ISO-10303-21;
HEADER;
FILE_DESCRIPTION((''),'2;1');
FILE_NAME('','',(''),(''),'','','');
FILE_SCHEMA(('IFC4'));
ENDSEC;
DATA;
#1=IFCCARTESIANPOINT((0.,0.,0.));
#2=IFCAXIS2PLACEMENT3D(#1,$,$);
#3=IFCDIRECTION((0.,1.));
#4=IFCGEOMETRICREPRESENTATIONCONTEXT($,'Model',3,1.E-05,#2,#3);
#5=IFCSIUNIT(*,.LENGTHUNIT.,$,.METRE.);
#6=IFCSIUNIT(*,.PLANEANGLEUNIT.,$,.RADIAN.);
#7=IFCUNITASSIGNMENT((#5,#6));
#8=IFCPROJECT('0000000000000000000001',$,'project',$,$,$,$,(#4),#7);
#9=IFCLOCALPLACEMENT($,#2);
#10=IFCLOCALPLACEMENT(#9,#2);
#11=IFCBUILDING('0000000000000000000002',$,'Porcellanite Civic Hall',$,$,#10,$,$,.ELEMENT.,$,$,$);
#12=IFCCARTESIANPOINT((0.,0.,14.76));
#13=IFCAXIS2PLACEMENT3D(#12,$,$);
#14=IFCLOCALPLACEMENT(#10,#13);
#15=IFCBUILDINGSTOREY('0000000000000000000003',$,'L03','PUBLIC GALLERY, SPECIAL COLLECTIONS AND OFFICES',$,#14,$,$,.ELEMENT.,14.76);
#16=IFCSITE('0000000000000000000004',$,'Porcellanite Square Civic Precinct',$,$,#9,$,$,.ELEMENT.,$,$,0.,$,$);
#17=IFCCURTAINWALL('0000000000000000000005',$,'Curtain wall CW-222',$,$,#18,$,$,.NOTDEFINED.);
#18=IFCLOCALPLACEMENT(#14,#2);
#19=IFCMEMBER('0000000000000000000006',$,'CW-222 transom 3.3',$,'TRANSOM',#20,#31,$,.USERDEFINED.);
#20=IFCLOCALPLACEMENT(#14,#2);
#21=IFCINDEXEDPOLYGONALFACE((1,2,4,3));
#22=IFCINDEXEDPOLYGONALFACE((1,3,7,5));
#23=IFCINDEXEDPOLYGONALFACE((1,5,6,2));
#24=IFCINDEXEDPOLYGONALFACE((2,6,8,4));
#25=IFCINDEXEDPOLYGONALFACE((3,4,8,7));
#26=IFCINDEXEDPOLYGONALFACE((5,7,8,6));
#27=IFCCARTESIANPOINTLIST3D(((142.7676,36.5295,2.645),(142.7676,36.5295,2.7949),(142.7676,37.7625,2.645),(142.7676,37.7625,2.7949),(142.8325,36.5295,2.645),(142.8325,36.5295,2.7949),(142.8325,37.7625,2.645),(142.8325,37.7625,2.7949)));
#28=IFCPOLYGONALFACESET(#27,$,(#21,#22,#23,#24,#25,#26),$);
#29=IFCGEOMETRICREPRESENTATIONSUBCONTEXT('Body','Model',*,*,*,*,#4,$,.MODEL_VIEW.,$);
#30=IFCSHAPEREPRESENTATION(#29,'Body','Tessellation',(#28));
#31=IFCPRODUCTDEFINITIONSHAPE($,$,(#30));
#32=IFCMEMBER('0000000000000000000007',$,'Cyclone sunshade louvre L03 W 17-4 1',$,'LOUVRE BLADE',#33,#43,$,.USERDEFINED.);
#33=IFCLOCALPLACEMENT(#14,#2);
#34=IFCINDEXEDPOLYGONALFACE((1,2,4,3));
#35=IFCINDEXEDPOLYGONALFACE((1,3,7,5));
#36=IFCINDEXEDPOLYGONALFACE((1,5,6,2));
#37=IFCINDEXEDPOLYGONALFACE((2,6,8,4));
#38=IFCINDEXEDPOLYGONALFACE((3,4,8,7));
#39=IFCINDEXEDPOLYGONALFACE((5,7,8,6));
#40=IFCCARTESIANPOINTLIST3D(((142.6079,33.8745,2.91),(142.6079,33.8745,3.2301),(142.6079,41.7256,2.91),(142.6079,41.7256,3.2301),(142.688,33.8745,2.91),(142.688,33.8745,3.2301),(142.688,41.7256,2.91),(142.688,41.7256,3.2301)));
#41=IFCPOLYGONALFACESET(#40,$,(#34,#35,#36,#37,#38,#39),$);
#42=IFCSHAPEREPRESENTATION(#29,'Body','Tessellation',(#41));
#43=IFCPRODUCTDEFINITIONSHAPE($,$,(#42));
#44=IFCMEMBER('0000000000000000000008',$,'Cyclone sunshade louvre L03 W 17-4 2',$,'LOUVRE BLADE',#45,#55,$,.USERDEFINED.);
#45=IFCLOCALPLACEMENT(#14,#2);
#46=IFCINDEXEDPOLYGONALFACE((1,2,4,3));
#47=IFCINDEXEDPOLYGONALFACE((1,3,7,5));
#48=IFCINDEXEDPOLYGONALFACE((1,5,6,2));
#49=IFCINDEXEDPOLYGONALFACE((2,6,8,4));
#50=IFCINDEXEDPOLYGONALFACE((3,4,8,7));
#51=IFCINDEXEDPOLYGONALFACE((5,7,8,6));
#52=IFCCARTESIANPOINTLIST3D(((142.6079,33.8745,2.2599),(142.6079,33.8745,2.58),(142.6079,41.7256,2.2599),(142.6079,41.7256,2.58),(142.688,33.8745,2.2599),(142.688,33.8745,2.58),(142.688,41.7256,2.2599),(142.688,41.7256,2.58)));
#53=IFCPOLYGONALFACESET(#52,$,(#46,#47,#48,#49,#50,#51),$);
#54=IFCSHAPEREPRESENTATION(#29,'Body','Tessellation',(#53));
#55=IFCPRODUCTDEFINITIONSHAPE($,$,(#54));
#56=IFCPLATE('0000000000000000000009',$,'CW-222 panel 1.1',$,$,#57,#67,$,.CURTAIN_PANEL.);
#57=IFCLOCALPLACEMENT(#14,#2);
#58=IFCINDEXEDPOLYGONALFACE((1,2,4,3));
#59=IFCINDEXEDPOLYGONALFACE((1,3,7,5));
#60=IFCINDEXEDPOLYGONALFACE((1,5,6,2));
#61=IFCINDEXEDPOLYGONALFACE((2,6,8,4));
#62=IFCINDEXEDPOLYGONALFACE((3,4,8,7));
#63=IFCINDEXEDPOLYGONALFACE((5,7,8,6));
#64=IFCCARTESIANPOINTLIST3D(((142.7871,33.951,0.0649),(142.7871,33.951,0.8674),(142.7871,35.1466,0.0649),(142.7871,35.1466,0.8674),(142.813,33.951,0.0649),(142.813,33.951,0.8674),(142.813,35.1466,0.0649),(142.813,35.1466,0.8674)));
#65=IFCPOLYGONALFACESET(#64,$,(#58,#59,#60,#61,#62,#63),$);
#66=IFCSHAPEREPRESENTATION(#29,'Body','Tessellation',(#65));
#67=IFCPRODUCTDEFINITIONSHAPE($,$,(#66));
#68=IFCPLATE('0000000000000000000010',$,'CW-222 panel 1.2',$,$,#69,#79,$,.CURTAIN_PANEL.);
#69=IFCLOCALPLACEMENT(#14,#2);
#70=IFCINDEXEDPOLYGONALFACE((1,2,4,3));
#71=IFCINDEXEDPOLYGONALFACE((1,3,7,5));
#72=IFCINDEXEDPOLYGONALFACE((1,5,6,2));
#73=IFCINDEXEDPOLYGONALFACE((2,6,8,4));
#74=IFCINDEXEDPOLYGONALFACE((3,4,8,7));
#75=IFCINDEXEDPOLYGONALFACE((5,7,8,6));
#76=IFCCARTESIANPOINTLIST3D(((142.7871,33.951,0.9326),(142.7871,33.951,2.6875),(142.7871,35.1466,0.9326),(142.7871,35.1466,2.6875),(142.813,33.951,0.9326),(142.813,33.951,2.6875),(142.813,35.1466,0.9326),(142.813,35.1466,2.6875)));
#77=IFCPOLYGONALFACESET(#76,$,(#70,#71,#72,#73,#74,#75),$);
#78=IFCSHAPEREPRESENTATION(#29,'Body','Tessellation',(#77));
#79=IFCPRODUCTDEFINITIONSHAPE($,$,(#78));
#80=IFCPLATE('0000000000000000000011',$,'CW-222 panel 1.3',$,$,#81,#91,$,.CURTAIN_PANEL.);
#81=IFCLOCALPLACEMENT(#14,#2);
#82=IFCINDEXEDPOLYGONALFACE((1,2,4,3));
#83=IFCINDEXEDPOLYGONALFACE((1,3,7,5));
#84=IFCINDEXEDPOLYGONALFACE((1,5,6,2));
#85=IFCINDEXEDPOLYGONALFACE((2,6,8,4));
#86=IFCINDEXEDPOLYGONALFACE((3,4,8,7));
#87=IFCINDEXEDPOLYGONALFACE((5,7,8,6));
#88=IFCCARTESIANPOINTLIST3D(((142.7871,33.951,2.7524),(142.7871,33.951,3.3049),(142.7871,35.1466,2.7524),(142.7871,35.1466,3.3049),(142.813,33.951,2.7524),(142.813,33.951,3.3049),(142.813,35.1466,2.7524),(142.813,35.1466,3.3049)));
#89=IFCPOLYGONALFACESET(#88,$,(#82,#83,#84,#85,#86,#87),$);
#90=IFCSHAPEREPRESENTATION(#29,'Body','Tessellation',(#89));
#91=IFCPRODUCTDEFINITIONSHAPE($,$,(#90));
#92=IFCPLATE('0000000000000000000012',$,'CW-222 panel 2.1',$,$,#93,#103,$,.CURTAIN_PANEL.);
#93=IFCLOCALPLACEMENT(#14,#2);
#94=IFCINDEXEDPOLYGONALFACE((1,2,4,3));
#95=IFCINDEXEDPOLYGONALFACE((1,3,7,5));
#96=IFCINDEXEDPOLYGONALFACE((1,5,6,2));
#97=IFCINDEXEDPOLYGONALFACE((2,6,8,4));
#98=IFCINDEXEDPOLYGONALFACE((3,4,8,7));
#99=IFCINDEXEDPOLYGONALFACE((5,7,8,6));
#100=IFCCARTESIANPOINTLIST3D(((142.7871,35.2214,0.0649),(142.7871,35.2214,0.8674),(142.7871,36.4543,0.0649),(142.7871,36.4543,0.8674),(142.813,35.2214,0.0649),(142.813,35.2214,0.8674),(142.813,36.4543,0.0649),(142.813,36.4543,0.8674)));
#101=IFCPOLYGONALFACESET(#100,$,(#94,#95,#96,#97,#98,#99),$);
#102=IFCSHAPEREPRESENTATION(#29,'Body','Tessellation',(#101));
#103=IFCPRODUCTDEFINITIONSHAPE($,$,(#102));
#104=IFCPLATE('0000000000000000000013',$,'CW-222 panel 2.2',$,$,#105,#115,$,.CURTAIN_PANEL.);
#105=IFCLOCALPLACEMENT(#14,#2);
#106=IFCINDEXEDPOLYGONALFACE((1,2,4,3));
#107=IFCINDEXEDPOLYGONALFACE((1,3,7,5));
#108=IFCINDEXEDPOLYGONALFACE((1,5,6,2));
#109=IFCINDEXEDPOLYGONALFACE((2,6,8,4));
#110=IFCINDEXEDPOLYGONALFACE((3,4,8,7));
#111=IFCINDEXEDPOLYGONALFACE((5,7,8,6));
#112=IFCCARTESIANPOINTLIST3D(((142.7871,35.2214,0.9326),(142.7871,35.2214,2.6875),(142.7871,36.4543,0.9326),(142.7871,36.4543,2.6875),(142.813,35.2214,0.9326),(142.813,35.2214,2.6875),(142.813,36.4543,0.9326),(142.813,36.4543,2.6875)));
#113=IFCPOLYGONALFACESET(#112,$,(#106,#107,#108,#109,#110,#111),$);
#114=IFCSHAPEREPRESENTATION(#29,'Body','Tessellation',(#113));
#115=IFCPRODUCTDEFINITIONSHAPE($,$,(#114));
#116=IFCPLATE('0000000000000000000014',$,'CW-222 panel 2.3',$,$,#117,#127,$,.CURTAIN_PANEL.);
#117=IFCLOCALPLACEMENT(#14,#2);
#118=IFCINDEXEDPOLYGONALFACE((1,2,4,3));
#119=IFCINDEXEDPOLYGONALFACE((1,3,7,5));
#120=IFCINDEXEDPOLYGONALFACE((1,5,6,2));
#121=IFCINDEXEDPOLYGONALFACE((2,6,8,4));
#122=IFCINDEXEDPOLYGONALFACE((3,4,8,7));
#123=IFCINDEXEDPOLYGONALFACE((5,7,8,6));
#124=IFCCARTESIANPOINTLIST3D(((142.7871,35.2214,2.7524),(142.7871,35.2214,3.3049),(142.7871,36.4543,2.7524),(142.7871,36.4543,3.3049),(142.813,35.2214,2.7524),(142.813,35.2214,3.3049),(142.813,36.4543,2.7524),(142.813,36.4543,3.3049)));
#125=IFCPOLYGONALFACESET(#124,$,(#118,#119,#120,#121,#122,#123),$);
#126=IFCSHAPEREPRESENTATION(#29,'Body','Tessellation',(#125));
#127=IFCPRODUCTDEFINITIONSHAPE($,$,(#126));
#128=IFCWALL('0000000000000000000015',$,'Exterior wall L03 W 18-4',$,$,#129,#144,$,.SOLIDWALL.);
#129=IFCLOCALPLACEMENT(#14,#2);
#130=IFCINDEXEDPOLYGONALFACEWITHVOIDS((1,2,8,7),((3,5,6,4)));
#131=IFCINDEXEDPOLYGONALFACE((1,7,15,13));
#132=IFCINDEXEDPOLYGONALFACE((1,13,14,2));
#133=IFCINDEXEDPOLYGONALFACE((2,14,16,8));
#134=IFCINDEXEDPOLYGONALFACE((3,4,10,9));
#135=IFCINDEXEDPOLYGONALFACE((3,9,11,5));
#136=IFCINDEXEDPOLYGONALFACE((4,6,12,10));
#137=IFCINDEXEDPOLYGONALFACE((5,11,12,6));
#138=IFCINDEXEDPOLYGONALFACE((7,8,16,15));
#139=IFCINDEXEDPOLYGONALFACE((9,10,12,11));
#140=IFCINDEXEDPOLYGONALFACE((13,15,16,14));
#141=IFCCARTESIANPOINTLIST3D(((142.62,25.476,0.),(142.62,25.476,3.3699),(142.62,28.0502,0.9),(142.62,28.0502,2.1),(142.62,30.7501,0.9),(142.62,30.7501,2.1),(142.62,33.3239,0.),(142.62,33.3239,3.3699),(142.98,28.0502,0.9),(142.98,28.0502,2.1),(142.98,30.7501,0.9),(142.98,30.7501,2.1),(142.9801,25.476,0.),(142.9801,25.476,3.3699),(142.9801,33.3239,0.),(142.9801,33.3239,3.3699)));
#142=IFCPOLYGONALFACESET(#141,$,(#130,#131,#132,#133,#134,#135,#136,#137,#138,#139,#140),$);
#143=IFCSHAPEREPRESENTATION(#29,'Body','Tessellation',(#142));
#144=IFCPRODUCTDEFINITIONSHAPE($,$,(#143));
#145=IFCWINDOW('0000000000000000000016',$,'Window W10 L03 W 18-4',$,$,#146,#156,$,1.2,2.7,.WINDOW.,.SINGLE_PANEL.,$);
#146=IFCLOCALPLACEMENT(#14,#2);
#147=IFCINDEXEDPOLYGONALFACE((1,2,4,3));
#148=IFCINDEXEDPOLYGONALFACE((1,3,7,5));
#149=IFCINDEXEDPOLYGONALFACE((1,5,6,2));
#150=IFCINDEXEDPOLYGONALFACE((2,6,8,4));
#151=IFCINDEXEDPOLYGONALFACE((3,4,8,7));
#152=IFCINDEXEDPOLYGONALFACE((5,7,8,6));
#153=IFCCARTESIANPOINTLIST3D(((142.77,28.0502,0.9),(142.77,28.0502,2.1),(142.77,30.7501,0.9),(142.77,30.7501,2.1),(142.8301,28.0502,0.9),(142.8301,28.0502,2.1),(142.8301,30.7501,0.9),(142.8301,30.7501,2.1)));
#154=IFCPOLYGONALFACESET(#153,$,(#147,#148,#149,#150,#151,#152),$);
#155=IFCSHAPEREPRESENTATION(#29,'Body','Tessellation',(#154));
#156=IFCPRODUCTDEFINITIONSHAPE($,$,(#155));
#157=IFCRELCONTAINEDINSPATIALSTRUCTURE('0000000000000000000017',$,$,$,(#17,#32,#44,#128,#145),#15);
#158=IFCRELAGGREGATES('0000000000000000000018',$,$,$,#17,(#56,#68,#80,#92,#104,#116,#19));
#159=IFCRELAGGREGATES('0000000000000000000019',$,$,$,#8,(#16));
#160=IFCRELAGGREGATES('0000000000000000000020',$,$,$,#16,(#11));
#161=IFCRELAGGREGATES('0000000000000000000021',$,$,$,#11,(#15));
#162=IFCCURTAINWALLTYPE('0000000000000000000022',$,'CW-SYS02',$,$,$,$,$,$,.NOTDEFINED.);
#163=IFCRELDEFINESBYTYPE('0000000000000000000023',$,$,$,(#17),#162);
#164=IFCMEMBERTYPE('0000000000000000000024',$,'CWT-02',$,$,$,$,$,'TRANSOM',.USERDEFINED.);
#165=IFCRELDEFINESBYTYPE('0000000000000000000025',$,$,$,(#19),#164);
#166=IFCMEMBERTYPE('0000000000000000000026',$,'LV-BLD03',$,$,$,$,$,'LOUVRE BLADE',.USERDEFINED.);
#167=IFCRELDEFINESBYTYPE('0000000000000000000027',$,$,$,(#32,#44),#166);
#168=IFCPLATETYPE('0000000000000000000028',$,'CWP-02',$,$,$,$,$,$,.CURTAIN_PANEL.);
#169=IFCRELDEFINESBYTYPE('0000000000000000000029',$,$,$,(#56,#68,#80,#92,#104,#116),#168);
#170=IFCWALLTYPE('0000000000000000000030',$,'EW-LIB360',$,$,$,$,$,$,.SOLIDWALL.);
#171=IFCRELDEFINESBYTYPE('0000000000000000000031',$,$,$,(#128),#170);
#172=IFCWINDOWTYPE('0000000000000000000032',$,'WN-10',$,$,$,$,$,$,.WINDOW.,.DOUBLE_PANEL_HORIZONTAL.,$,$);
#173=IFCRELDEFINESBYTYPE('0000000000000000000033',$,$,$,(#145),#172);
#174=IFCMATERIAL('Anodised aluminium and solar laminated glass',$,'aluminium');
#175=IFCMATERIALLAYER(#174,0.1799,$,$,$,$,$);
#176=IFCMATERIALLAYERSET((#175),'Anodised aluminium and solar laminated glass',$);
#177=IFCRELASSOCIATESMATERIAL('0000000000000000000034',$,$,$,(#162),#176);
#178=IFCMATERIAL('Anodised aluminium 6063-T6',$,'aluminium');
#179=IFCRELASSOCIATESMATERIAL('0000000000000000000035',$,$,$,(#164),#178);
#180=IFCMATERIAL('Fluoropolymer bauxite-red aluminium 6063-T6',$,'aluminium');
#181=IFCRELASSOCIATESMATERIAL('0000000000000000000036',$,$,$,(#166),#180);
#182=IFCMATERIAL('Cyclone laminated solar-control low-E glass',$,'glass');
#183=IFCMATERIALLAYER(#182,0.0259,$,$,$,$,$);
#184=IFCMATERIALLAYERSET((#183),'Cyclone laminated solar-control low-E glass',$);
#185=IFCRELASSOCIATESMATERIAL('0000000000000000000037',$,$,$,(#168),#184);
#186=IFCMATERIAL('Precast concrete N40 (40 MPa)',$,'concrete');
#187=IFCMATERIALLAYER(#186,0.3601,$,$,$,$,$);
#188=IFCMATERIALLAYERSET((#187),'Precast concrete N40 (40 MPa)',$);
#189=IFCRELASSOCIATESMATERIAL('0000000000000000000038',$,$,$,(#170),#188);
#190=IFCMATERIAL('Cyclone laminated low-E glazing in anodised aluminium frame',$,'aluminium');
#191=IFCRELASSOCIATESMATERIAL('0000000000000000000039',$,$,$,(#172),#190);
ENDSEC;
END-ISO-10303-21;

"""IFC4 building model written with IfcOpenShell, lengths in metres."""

from ifc_helpers import new_model, si_unit, direction, frame, frame_2d, origin, origin_2d, place, context, subcontext, project, spatial, rectangle, extrude, material, layer, layer_set, material_profile, profile_set, type_object, element, fill, aggregate, save


model = new_model("IFC4")

# Units and contexts
model_context = context("Model", 3, precision=1e-05, world=origin(), true_north=direction((0.0, 1.0)))
body_context = subcontext(model_context, "Body", "Model", "MODEL_VIEW")
ifc_project = project(units=[si_unit("LENGTHUNIT", "METRE"), si_unit("PLANEANGLEUNIT", "RADIAN")], contexts=[model_context])

# Site, building, storey
site_placement = place(None, origin())
site = spatial("IfcSite", under=ifc_project, at=site_placement, Name="Porcellanite Square Civic Precinct", CompositionType="ELEMENT", RefElevation=0.0)
building_placement = place(site_placement, origin())
building = spatial("IfcBuilding", under=site, at=building_placement, Name="Porcellanite Civic Hall", CompositionType="ELEMENT")
storey_placement = place(building_placement, frame((0.0, 0.0, 14.76)))
storey = spatial("IfcBuildingStorey", under=building, at=storey_placement, Name="L03", Description="PUBLIC GALLERY, SPECIAL COLLECTIONS AND OFFICES", CompositionType="ELEMENT", Elevation=14.76)

# Curtain wall, member
ifc_material_1 = material(Name="Anodised aluminium and solar laminated glass", Category="aluminium")
ifc_layer_1 = layer(ifc_material_1, 0.1799)
ifc_layer_set_1 = layer_set([ifc_layer_1], Name="Anodised aluminium and solar laminated glass")
curtain_wall_type = type_object("IfcCurtainWallType", Name="CW-SYS02", PredefinedType="NOTDEFINED", material=ifc_layer_set_1)
curtain_wall_placement = place(storey_placement, origin())
curtain_wall = element("IfcCurtainWall", 1, at=curtain_wall_placement, inside=storey, type_object=curtain_wall_type, Name="Curtain wall CW-222", PredefinedType="NOTDEFINED")
ifc_material_2 = material(Name="Anodised aluminium 6063-T6", Category="aluminium")
ifc_material_profile_1 = material_profile(ifc_material_2, rectangle(XDim=0.0649, YDim=0.1499, at=origin_2d()), Name="AL-65x150")
ifc_profile_set_1 = profile_set([ifc_material_profile_1], Name="Anodised aluminium 6063-T6")
member_type_1 = type_object("IfcMemberType", Name="CWT-02", ElementType="TRANSOM", PredefinedType="USERDEFINED", material=ifc_profile_set_1)
member_1_placement = place(storey_placement, frame((142.8, 36.5295, 2.72), z_axis=(0.0, 1.0, 0.0), x_axis=(-1.0, 0.0, 0.0)))
member_1 = element("IfcMember", 2, at=member_1_placement, type_object=member_type_1, Name="CW-222 transom 3.3", ObjectType="TRANSOM", PredefinedType="USERDEFINED", context=body_context, shape_type="SweptSolid", body=[
    extrude(rectangle(XDim=0.0649, YDim=0.1499, at=origin_2d()), origin(), (0.0, 0.0, 1.0), 1.2329),
])

# Members
ifc_material_3 = material(Name="Fluoropolymer bauxite-red aluminium 6063-T6", Category="aluminium")
ifc_material_profile_2 = material_profile(ifc_material_3, rectangle(XDim=0.0801, YDim=0.3201, at=origin_2d()), Name="AL-80x320")
ifc_profile_set_2 = profile_set([ifc_material_profile_2], Name="Fluoropolymer bauxite-red aluminium 6063-T6")
member_type_2 = type_object("IfcMemberType", Name="LV-BLD03", ElementType="LOUVRE BLADE", PredefinedType="USERDEFINED", material=ifc_profile_set_2)
for number, where, z_axis, x_axis, name in (
    (3, (142.6479, 33.8745, 3.0701), (0.0, 1.0, 0.0), (-1.0, 0.0, 0.0), "Cyclone sunshade louvre L03 W 17-4 1"),
    (4, (142.6479, 33.8745, 2.4199), (0.0, 1.0, 0.0), (-1.0, 0.0, 0.0), "Cyclone sunshade louvre L03 W 17-4 2"),
):
    element("IfcMember", number, at=place(storey_placement, frame(where, z_axis=z_axis, x_axis=x_axis)), inside=storey, type_object=member_type_2, Name=name, ObjectType="LOUVRE BLADE", PredefinedType="USERDEFINED", context=body_context, shape_type="SweptSolid", body=[
        extrude(rectangle(XDim=0.0801, YDim=0.3201, at=origin_2d()), origin(), (0.0, 0.0, 1.0), 7.8511),
    ])

# Plates
ifc_material_4 = material(Name="Cyclone laminated solar-control low-E glass", Category="glass")
ifc_layer_2 = layer(ifc_material_4, 0.0259)
ifc_layer_set_2 = layer_set([ifc_layer_2], Name="Cyclone laminated solar-control low-E glass")
plate_type = type_object("IfcPlateType", Name="CWP-02", PredefinedType="CURTAIN_PANEL", material=ifc_layer_set_2)
plate_1_placement = place(storey_placement, frame((142.8, 34.5488, 0.0649), z_axis=(0.0, 0.0, 1.0), x_axis=(0.0, 1.0, 0.0)))
plate_1 = element("IfcPlate", 5, at=plate_1_placement, type_object=plate_type, Name="CW-222 panel 1.1", PredefinedType="CURTAIN_PANEL", context=body_context, shape_type="SweptSolid", body=[
    extrude(rectangle(XDim=1.1956, YDim=0.0259, at=origin_2d()), origin(), (0.0, 0.0, 1.0), 0.8025),
])
plate_2_placement = place(storey_placement, frame((142.8, 34.5488, 0.9326), z_axis=(0.0, 0.0, 1.0), x_axis=(0.0, 1.0, 0.0)))
plate_2 = element("IfcPlate", 6, at=plate_2_placement, type_object=plate_type, Name="CW-222 panel 1.2", PredefinedType="CURTAIN_PANEL", context=body_context, shape_type="SweptSolid", body=[
    extrude(rectangle(XDim=1.1956, YDim=0.0259, at=origin_2d()), origin(), (0.0, 0.0, 1.0), 1.7549),
])
plate_3_placement = place(storey_placement, frame((142.8, 34.5488, 2.7524), z_axis=(0.0, 0.0, 1.0), x_axis=(0.0, 1.0, 0.0)))
plate_3 = element("IfcPlate", 7, at=plate_3_placement, type_object=plate_type, Name="CW-222 panel 1.3", PredefinedType="CURTAIN_PANEL", context=body_context, shape_type="SweptSolid", body=[
    extrude(rectangle(XDim=1.1956, YDim=0.0259, at=origin_2d()), origin(), (0.0, 0.0, 1.0), 0.5525),
])
plate_4_placement = place(storey_placement, frame((142.8, 35.8379, 0.0649), z_axis=(0.0, 0.0, 1.0), x_axis=(0.0, 1.0, 0.0)))
plate_4 = element("IfcPlate", 8, at=plate_4_placement, type_object=plate_type, Name="CW-222 panel 2.1", PredefinedType="CURTAIN_PANEL", context=body_context, shape_type="SweptSolid", body=[
    extrude(rectangle(XDim=1.2329, YDim=0.0259, at=origin_2d()), origin(), (0.0, 0.0, 1.0), 0.8025),
])
plate_5_placement = place(storey_placement, frame((142.8, 35.8379, 0.9326), z_axis=(0.0, 0.0, 1.0), x_axis=(0.0, 1.0, 0.0)))
plate_5 = element("IfcPlate", 9, at=plate_5_placement, type_object=plate_type, Name="CW-222 panel 2.2", PredefinedType="CURTAIN_PANEL", context=body_context, shape_type="SweptSolid", body=[
    extrude(rectangle(XDim=1.2329, YDim=0.0259, at=origin_2d()), origin(), (0.0, 0.0, 1.0), 1.7549),
])
plate_6_placement = place(storey_placement, frame((142.8, 35.8379, 2.7524), z_axis=(0.0, 0.0, 1.0), x_axis=(0.0, 1.0, 0.0)))
plate_6 = element("IfcPlate", 10, at=plate_6_placement, type_object=plate_type, Name="CW-222 panel 2.3", PredefinedType="CURTAIN_PANEL", context=body_context, shape_type="SweptSolid", body=[
    extrude(rectangle(XDim=1.2329, YDim=0.0259, at=origin_2d()), origin(), (0.0, 0.0, 1.0), 0.5525),
])
aggregate(curtain_wall, [plate_1, plate_2, plate_3, plate_4, plate_5, plate_6, member_1])

# Wall, opening, window
ifc_material_5 = material(Name="Precast concrete N40 (40 MPa)", Category="concrete")
ifc_layer_3 = layer(ifc_material_5, 0.3601)
ifc_layer_set_3 = layer_set([ifc_layer_3], Name="Precast concrete N40 (40 MPa)")
wall_type = type_object("IfcWallType", Name="EW-LIB360", PredefinedType="SOLIDWALL", material=ifc_layer_set_3)
wall_placement = place(storey_placement, frame((142.8, 25.4761, 0.0), z_axis=(0.0, 0.0, 1.0), x_axis=(0.0, 1.0, 0.0)))
wall = element("IfcWall", 11, at=wall_placement, inside=storey, type_object=wall_type, Name="Exterior wall L03 W 18-4", PredefinedType="SOLIDWALL", context=body_context, shape_type="SweptSolid", body=[
    extrude(rectangle(XDim=7.8479, YDim=0.3601, at=frame_2d((3.9238, 0.0))), origin(), (0.0, 0.0, 1.0), 3.3699),
])
opening_placement = place(wall_placement, frame((2.574, 0.0, 0.8999)))
opening = element("IfcOpeningElement", 12, at=opening_placement, cuts=wall, PredefinedType="OPENING", context=body_context, shape_type="SweptSolid", body=[
    extrude(rectangle(XDim=2.7, YDim=1.2, at=frame_2d((1.3501, 0.6001))), frame((0.0, 0.1802, 0.0), z_axis=(0.0, -1.0, 0.0), x_axis=(1.0, 0.0, 0.0)), (0.0, 0.0, 1.0), 0.3601),
])
ifc_material_6 = material(Name="Cyclone laminated low-E glazing in anodised aluminium frame", Category="aluminium")
window_type = type_object("IfcWindowType", Name="WN-10", PartitioningType="DOUBLE_PANEL_HORIZONTAL", PredefinedType="WINDOW", material=ifc_material_6)
window_placement = place(opening_placement, origin())
window = element("IfcWindow", 13, at=window_placement, inside=storey, type_object=window_type, Name="Window W10 L03 W 18-4", OverallHeight=1.2, OverallWidth=2.7, PartitioningType="SINGLE_PANEL", PredefinedType="WINDOW", context=body_context, shape_type="SweptSolid", body=[
    extrude(rectangle(XDim=2.7, YDim=1.2, at=frame_2d((1.3501, 0.6001))), frame((0.0, 0.03, 0.0), z_axis=(0.0, -1.0, 0.0), x_axis=(1.0, 0.0, 0.0)), (0.0, 0.0, 1.0), 0.0601),
])
fill(opening, window)

save(model, "model.ifc")
